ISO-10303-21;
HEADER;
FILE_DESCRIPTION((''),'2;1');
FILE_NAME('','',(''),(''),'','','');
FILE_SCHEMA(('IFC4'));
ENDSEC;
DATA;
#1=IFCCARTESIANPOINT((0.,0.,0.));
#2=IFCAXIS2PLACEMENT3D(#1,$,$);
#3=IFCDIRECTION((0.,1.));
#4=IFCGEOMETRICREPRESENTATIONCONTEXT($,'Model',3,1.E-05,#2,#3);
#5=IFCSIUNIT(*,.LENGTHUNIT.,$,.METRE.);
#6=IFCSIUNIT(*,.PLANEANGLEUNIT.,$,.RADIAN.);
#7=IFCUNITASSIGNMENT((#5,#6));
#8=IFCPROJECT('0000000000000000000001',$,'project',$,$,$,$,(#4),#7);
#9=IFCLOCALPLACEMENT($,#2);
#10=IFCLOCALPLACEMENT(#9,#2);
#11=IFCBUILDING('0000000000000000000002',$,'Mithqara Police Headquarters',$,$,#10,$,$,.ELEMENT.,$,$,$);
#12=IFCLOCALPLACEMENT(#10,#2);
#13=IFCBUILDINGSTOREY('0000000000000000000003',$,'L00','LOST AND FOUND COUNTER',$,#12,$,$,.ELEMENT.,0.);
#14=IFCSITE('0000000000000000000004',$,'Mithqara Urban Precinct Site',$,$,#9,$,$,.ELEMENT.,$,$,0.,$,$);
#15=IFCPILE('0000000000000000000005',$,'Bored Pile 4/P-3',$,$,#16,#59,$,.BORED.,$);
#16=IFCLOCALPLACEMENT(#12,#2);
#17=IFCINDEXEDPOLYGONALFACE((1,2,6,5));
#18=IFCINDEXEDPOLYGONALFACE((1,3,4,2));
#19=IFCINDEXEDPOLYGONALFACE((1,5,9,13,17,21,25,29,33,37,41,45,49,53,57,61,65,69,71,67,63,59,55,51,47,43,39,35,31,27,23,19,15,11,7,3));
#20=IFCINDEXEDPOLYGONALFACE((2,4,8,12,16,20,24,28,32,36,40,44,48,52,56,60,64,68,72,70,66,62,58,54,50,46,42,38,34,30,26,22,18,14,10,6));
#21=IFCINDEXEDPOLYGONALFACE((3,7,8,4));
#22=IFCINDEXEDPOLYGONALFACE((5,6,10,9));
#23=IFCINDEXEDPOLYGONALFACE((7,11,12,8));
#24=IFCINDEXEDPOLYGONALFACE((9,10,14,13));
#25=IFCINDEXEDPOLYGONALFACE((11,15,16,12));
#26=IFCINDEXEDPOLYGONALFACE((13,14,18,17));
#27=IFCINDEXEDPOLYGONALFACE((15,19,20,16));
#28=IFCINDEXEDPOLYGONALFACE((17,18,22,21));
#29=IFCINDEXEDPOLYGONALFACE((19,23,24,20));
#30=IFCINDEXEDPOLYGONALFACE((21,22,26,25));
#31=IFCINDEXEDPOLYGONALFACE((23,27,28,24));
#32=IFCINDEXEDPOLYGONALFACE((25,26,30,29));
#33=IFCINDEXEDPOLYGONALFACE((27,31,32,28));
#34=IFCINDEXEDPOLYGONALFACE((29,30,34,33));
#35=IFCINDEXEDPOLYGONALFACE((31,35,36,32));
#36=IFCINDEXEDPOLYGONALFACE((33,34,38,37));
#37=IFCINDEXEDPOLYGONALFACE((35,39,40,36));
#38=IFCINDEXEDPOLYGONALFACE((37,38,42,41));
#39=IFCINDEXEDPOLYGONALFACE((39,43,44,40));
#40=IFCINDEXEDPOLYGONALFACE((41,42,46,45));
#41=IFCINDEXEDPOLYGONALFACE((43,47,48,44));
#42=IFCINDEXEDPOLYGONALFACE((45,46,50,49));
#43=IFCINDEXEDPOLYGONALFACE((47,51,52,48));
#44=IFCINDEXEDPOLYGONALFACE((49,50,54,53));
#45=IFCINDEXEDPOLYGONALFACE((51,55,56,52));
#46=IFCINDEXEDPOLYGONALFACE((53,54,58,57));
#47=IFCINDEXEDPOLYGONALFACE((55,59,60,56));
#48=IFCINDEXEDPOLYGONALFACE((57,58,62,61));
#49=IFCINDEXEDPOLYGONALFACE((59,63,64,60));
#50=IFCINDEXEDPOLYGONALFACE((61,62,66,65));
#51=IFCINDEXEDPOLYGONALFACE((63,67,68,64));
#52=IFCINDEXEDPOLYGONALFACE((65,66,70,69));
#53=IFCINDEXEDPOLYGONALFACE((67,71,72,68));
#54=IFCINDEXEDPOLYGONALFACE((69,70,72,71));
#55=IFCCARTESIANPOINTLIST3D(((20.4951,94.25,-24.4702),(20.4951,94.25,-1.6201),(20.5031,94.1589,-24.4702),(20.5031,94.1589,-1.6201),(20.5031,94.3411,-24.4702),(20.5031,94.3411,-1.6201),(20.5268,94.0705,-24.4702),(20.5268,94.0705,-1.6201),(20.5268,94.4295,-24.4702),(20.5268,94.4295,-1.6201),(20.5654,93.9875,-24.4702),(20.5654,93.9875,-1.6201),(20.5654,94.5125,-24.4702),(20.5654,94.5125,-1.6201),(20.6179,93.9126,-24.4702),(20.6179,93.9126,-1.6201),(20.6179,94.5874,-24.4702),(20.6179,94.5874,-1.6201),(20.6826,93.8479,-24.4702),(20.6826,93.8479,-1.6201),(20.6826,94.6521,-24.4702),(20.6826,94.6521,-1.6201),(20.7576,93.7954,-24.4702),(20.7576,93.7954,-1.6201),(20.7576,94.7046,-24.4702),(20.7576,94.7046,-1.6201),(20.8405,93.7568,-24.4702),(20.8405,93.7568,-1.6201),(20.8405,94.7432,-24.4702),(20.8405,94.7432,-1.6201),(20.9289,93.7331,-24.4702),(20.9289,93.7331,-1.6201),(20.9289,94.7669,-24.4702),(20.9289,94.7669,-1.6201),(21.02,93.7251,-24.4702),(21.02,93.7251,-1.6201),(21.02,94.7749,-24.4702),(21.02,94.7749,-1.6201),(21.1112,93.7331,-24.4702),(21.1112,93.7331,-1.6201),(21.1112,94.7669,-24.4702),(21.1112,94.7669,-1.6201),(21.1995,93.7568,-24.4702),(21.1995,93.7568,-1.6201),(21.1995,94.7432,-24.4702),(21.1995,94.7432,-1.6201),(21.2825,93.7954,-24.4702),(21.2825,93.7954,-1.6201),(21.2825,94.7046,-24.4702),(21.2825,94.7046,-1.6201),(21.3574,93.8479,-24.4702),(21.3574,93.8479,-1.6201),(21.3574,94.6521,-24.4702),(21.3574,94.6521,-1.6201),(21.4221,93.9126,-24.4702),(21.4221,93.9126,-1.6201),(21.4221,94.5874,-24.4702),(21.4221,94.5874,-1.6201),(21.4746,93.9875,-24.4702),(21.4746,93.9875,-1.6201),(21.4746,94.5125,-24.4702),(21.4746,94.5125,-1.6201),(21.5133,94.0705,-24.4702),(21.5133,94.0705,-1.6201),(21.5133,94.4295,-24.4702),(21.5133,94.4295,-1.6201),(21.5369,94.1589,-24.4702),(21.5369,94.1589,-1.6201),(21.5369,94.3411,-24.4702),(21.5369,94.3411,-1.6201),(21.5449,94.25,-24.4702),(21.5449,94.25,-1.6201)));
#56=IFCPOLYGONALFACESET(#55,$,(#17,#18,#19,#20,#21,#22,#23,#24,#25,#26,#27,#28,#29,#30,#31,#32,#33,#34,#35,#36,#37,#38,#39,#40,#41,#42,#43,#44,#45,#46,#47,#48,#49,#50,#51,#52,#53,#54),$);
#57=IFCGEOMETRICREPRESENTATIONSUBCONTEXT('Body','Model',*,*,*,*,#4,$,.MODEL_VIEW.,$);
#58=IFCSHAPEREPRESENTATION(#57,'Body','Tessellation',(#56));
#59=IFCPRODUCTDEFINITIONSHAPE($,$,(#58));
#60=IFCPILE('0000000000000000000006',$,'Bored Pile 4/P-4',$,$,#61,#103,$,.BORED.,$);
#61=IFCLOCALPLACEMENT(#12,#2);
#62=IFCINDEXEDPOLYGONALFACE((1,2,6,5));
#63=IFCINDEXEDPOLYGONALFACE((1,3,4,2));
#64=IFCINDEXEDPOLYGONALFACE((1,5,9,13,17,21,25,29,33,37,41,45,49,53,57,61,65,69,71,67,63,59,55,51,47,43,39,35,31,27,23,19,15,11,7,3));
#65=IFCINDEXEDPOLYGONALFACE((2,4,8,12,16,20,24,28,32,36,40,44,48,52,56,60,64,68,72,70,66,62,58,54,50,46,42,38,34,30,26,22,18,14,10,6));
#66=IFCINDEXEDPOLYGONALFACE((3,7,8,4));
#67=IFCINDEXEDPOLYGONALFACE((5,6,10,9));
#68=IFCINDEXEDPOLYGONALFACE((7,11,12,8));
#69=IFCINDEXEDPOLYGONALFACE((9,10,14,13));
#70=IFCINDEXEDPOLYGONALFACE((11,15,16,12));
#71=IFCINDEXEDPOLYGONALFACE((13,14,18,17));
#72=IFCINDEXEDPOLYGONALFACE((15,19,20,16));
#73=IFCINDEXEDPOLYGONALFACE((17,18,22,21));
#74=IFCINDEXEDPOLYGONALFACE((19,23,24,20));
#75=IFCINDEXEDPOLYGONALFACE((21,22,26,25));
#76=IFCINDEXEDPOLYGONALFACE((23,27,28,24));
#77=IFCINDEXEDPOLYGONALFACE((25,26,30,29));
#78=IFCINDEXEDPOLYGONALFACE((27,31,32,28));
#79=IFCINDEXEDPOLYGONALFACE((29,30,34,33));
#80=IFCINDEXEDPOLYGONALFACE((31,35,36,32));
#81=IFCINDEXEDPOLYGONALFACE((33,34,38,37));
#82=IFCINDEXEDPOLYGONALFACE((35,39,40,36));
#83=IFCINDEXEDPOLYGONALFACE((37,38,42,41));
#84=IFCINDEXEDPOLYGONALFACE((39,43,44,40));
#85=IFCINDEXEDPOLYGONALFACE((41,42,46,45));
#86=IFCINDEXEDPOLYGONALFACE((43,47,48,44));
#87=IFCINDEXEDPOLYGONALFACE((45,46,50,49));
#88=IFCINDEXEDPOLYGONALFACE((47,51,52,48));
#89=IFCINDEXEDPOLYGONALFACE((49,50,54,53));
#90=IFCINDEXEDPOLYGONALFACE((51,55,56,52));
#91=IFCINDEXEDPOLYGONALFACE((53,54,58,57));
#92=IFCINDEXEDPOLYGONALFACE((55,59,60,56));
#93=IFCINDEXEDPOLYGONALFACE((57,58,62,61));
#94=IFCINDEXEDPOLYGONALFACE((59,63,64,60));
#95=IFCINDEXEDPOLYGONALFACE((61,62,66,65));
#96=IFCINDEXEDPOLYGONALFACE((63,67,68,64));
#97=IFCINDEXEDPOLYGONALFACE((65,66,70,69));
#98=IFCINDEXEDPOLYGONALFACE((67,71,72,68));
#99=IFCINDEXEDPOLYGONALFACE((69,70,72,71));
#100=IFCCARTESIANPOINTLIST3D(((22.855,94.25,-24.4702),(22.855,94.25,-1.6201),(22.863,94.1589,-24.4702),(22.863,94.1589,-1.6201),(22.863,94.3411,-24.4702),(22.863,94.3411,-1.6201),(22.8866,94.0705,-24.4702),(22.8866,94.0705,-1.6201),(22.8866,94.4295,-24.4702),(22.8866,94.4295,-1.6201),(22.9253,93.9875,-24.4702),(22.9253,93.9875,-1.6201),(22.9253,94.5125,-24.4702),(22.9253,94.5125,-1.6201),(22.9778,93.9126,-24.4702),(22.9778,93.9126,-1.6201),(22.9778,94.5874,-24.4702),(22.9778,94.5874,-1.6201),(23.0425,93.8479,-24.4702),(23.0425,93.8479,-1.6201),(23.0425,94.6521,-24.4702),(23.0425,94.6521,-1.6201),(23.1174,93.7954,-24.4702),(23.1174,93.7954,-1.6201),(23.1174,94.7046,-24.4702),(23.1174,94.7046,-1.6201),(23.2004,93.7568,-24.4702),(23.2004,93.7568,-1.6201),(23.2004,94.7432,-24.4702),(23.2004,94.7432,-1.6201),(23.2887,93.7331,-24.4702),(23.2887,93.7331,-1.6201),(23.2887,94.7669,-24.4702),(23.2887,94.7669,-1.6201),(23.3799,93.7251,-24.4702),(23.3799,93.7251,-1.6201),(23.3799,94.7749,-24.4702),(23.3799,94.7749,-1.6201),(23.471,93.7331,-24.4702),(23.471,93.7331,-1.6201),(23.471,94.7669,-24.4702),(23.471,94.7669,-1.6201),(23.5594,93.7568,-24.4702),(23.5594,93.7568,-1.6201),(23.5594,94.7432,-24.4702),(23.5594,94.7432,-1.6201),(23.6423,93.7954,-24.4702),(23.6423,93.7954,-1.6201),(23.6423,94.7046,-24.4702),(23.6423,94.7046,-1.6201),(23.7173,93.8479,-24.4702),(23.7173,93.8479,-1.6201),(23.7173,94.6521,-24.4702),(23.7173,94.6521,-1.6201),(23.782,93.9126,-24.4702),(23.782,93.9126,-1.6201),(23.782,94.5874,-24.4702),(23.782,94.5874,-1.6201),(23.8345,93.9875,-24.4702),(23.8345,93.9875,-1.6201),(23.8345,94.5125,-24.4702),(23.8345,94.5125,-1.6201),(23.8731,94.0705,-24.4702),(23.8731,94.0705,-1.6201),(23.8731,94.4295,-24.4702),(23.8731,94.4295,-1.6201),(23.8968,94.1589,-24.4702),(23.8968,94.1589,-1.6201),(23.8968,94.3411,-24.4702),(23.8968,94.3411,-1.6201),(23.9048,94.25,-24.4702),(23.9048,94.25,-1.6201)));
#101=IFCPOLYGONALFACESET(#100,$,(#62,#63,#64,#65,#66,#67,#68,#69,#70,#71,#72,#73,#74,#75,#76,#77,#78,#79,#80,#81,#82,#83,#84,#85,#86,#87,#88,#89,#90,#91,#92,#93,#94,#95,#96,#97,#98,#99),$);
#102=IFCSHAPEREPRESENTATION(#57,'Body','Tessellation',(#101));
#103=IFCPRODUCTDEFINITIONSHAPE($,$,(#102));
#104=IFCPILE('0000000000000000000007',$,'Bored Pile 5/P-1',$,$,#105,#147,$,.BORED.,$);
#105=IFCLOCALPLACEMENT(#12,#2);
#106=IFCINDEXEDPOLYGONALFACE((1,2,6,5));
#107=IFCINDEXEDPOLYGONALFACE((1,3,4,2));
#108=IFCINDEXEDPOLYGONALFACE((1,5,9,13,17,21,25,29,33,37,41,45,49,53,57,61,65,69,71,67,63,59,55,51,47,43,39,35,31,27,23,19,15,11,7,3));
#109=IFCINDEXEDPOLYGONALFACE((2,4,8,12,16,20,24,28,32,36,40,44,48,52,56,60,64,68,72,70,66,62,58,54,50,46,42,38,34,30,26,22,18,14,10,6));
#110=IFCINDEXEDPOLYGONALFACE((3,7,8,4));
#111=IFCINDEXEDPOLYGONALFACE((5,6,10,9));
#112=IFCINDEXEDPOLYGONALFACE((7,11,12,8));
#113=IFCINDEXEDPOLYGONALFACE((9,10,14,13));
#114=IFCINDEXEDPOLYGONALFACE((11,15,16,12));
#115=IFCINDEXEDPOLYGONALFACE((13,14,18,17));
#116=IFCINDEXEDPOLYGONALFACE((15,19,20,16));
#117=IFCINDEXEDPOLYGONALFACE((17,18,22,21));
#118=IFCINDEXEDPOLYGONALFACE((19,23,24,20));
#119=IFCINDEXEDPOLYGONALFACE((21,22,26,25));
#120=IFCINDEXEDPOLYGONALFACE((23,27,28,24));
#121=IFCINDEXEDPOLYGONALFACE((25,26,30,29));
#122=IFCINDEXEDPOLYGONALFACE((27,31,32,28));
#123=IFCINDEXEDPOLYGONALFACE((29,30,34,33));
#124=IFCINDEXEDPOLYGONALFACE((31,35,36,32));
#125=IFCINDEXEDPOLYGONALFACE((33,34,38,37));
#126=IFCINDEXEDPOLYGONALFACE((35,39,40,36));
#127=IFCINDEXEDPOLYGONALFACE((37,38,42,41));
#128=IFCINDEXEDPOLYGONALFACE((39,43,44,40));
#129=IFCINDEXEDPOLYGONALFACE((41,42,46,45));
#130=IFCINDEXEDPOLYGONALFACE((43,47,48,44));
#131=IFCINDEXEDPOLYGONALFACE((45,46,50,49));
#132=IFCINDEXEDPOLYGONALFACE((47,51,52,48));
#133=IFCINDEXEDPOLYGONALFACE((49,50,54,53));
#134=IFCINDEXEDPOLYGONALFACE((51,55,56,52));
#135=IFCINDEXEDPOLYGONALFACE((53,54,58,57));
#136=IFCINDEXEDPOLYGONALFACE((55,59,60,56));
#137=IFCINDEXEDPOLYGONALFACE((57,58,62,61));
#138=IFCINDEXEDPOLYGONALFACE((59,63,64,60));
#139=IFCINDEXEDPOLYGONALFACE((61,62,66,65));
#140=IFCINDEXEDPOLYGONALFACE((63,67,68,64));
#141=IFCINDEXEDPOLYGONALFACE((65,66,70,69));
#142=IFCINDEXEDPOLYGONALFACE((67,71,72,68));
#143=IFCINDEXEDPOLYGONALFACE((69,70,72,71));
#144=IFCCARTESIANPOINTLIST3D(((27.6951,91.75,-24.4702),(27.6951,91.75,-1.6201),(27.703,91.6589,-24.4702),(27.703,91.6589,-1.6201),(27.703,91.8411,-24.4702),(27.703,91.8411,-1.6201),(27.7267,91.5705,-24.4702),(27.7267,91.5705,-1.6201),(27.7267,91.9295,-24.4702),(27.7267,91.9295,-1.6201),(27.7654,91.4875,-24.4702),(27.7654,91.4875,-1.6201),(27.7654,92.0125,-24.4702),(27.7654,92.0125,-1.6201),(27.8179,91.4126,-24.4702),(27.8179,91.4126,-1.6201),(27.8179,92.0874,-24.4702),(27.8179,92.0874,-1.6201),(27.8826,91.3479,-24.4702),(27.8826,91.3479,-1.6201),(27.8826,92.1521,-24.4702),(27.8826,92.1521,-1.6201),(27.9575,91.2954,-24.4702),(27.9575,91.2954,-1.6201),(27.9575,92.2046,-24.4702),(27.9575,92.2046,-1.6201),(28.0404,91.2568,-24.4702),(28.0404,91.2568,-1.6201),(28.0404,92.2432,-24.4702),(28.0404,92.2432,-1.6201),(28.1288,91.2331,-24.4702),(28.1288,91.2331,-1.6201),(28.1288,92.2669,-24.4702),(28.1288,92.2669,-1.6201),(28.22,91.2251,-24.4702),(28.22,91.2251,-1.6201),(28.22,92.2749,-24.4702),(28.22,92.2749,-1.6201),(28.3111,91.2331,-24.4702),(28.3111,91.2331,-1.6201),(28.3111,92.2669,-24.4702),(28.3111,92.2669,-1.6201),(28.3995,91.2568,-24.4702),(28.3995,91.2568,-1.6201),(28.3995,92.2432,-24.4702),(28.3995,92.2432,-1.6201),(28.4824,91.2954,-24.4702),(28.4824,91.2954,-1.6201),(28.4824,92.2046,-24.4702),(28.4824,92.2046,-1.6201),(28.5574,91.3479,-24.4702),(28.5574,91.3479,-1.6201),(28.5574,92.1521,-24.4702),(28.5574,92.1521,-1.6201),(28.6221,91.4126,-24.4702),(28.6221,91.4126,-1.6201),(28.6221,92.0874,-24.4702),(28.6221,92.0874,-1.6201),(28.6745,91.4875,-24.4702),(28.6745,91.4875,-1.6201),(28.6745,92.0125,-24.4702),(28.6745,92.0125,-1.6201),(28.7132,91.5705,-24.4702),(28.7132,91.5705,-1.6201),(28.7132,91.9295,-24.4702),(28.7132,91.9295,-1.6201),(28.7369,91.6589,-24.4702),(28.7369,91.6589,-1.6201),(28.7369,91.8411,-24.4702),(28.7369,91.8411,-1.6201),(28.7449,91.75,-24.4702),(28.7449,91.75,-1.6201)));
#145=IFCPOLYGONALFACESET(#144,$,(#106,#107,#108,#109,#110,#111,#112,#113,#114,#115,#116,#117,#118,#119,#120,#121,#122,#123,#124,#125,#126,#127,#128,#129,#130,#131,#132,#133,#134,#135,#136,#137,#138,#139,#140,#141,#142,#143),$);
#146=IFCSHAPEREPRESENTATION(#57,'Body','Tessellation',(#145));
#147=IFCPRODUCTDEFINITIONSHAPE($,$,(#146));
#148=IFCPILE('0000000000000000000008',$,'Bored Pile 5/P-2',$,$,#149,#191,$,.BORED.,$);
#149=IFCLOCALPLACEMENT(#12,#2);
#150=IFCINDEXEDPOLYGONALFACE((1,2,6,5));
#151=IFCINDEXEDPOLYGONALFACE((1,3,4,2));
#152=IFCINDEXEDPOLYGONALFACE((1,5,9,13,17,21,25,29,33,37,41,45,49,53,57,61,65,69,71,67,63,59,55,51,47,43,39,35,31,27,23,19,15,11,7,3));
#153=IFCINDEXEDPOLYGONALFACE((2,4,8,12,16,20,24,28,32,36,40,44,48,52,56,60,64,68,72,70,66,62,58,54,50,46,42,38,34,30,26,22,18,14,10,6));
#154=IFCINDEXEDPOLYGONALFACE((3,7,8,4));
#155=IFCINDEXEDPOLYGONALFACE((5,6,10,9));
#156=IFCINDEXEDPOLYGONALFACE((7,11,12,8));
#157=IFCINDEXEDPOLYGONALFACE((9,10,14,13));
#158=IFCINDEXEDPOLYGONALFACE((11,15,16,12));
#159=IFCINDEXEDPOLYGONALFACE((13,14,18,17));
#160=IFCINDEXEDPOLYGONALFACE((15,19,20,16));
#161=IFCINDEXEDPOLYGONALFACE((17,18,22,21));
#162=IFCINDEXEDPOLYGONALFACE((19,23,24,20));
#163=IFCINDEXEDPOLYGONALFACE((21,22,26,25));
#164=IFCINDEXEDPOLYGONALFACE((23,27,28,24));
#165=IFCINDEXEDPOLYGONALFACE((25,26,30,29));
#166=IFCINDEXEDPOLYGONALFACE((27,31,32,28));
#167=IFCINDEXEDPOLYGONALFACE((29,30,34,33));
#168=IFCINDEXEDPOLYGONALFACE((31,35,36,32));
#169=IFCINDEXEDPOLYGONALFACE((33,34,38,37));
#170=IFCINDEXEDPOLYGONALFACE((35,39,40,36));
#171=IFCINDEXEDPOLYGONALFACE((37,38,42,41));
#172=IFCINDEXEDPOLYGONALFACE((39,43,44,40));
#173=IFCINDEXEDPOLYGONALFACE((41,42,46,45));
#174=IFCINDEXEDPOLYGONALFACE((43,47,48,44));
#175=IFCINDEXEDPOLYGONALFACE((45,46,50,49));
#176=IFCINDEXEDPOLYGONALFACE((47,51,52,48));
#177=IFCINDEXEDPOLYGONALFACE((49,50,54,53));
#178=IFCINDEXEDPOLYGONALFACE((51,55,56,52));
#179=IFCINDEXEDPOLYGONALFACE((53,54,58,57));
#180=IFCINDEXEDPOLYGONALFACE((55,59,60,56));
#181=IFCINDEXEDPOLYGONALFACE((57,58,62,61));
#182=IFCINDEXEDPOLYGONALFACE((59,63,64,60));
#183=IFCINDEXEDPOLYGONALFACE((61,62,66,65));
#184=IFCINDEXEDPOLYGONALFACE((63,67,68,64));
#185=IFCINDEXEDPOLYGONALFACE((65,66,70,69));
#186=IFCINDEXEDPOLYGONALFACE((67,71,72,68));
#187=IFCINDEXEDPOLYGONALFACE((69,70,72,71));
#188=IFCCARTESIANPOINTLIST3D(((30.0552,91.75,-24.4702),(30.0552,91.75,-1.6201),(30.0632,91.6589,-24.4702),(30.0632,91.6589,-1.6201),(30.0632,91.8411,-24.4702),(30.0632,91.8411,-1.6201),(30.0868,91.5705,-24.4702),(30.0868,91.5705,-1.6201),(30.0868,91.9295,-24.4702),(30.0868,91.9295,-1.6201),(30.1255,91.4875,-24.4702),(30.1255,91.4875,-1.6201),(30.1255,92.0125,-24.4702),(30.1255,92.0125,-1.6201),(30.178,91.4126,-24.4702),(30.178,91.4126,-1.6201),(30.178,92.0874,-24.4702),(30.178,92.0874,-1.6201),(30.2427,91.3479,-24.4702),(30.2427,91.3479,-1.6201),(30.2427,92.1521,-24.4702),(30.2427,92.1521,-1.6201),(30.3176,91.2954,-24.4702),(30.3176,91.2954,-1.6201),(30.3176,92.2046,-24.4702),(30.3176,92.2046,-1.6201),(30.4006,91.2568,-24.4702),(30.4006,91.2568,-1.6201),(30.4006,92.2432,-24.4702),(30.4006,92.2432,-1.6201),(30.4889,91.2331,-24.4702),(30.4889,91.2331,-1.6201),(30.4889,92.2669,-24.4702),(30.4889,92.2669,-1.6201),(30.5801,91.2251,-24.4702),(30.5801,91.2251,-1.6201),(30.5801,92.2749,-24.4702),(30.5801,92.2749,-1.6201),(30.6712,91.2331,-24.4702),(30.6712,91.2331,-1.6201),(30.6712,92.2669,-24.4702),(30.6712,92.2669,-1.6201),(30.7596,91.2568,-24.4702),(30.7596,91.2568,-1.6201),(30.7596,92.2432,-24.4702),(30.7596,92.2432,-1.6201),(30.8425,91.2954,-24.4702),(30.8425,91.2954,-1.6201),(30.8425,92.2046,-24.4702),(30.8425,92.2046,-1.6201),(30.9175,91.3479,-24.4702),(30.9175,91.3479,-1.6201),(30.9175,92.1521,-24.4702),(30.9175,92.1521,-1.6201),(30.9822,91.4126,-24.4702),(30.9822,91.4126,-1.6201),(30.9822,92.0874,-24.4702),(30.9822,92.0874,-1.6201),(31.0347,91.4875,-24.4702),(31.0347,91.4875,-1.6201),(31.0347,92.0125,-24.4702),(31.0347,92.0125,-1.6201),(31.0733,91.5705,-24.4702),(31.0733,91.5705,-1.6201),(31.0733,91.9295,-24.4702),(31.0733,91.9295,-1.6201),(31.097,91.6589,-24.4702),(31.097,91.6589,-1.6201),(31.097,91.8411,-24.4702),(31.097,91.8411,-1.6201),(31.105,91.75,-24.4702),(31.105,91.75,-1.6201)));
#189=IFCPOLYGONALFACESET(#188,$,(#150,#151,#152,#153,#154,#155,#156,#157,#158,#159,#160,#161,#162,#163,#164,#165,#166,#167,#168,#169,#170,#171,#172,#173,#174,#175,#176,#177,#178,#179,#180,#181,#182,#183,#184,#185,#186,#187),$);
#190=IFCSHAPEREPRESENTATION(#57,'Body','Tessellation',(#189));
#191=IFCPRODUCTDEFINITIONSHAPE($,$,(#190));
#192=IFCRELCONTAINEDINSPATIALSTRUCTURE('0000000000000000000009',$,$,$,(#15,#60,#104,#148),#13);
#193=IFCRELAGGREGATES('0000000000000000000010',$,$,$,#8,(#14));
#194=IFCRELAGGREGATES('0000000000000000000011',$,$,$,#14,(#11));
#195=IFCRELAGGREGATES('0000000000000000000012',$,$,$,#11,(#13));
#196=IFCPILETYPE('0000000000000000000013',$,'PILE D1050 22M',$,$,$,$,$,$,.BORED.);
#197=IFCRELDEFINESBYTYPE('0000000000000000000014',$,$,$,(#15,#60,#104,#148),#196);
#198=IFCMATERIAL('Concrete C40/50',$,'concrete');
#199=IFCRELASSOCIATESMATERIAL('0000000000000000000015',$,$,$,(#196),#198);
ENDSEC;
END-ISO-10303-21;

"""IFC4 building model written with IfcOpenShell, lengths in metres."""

from ifc_helpers import new_model, si_unit, direction, frame, origin, origin_2d, place, context, subcontext, project, spatial, circle, extrude, material, material_profile, profile_set, type_object, element, save


model = new_model("IFC4")

# Units and contexts
model_context = context("Model", 3, precision=1e-05, world=origin(), true_north=direction((0.0, 1.0)))
body_context = subcontext(model_context, "Body", "Model", "MODEL_VIEW")
ifc_project = project(units=[si_unit("LENGTHUNIT", "METRE"), si_unit("PLANEANGLEUNIT", "RADIAN")], contexts=[model_context])

# Site, building, storey
site_placement = place(None, origin())
site = spatial("IfcSite", under=ifc_project, at=site_placement, Name="Mithqara Urban Precinct Site", CompositionType="ELEMENT", RefElevation=0.0)
building_placement = place(site_placement, origin())
building = spatial("IfcBuilding", under=site, at=building_placement, Name="Mithqara Police Headquarters", CompositionType="ELEMENT")
storey_placement = place(building_placement, origin())
storey = spatial("IfcBuildingStorey", under=building, at=storey_placement, Name="L00", Description="LOST AND FOUND COUNTER", CompositionType="ELEMENT", Elevation=0.0)

# Shared definitions
ifc_material_1 = material(Name="Concrete C40/50", Category="concrete")

# Piles
ifc_material_profile_1 = material_profile(ifc_material_1, circle(Radius=0.5249, at=origin_2d()), Name="PILE D1050")
ifc_profile_set_1 = profile_set([ifc_material_profile_1], Name="Concrete C40/50")
pile_type = type_object("IfcPileType", Name="PILE D1050 22M", PredefinedType="BORED", material=ifc_profile_set_1)
for number, where, z_axis, x_axis, name in (
    (1, (21.02, 94.25, -1.6201), (0.0, 0.0, -1.0), (1.0, 0.0, 0.0), "Bored Pile 4/P-3"),
    (2, (23.3799, 94.25, -1.6201), (0.0, 0.0, -1.0), (1.0, 0.0, 0.0), "Bored Pile 4/P-4"),
    (3, (28.22, 91.75, -1.6201), (0.0, 0.0, -1.0), (1.0, 0.0, 0.0), "Bored Pile 5/P-1"),
    (4, (30.5801, 91.75, -1.6201), (0.0, 0.0, -1.0), (1.0, 0.0, 0.0), "Bored Pile 5/P-2"),
):
    element("IfcPile", number, at=place(storey_placement, frame(where, z_axis=z_axis, x_axis=x_axis)), inside=storey, type_object=pile_type, Name=name, PredefinedType="BORED", context=body_context, shape_type="SweptSolid", body=[
        extrude(circle(Radius=0.5249, at=origin_2d()), origin(), (0.0, 0.0, 1.0), 22.8501),
    ])

save(model, "model.ifc")
